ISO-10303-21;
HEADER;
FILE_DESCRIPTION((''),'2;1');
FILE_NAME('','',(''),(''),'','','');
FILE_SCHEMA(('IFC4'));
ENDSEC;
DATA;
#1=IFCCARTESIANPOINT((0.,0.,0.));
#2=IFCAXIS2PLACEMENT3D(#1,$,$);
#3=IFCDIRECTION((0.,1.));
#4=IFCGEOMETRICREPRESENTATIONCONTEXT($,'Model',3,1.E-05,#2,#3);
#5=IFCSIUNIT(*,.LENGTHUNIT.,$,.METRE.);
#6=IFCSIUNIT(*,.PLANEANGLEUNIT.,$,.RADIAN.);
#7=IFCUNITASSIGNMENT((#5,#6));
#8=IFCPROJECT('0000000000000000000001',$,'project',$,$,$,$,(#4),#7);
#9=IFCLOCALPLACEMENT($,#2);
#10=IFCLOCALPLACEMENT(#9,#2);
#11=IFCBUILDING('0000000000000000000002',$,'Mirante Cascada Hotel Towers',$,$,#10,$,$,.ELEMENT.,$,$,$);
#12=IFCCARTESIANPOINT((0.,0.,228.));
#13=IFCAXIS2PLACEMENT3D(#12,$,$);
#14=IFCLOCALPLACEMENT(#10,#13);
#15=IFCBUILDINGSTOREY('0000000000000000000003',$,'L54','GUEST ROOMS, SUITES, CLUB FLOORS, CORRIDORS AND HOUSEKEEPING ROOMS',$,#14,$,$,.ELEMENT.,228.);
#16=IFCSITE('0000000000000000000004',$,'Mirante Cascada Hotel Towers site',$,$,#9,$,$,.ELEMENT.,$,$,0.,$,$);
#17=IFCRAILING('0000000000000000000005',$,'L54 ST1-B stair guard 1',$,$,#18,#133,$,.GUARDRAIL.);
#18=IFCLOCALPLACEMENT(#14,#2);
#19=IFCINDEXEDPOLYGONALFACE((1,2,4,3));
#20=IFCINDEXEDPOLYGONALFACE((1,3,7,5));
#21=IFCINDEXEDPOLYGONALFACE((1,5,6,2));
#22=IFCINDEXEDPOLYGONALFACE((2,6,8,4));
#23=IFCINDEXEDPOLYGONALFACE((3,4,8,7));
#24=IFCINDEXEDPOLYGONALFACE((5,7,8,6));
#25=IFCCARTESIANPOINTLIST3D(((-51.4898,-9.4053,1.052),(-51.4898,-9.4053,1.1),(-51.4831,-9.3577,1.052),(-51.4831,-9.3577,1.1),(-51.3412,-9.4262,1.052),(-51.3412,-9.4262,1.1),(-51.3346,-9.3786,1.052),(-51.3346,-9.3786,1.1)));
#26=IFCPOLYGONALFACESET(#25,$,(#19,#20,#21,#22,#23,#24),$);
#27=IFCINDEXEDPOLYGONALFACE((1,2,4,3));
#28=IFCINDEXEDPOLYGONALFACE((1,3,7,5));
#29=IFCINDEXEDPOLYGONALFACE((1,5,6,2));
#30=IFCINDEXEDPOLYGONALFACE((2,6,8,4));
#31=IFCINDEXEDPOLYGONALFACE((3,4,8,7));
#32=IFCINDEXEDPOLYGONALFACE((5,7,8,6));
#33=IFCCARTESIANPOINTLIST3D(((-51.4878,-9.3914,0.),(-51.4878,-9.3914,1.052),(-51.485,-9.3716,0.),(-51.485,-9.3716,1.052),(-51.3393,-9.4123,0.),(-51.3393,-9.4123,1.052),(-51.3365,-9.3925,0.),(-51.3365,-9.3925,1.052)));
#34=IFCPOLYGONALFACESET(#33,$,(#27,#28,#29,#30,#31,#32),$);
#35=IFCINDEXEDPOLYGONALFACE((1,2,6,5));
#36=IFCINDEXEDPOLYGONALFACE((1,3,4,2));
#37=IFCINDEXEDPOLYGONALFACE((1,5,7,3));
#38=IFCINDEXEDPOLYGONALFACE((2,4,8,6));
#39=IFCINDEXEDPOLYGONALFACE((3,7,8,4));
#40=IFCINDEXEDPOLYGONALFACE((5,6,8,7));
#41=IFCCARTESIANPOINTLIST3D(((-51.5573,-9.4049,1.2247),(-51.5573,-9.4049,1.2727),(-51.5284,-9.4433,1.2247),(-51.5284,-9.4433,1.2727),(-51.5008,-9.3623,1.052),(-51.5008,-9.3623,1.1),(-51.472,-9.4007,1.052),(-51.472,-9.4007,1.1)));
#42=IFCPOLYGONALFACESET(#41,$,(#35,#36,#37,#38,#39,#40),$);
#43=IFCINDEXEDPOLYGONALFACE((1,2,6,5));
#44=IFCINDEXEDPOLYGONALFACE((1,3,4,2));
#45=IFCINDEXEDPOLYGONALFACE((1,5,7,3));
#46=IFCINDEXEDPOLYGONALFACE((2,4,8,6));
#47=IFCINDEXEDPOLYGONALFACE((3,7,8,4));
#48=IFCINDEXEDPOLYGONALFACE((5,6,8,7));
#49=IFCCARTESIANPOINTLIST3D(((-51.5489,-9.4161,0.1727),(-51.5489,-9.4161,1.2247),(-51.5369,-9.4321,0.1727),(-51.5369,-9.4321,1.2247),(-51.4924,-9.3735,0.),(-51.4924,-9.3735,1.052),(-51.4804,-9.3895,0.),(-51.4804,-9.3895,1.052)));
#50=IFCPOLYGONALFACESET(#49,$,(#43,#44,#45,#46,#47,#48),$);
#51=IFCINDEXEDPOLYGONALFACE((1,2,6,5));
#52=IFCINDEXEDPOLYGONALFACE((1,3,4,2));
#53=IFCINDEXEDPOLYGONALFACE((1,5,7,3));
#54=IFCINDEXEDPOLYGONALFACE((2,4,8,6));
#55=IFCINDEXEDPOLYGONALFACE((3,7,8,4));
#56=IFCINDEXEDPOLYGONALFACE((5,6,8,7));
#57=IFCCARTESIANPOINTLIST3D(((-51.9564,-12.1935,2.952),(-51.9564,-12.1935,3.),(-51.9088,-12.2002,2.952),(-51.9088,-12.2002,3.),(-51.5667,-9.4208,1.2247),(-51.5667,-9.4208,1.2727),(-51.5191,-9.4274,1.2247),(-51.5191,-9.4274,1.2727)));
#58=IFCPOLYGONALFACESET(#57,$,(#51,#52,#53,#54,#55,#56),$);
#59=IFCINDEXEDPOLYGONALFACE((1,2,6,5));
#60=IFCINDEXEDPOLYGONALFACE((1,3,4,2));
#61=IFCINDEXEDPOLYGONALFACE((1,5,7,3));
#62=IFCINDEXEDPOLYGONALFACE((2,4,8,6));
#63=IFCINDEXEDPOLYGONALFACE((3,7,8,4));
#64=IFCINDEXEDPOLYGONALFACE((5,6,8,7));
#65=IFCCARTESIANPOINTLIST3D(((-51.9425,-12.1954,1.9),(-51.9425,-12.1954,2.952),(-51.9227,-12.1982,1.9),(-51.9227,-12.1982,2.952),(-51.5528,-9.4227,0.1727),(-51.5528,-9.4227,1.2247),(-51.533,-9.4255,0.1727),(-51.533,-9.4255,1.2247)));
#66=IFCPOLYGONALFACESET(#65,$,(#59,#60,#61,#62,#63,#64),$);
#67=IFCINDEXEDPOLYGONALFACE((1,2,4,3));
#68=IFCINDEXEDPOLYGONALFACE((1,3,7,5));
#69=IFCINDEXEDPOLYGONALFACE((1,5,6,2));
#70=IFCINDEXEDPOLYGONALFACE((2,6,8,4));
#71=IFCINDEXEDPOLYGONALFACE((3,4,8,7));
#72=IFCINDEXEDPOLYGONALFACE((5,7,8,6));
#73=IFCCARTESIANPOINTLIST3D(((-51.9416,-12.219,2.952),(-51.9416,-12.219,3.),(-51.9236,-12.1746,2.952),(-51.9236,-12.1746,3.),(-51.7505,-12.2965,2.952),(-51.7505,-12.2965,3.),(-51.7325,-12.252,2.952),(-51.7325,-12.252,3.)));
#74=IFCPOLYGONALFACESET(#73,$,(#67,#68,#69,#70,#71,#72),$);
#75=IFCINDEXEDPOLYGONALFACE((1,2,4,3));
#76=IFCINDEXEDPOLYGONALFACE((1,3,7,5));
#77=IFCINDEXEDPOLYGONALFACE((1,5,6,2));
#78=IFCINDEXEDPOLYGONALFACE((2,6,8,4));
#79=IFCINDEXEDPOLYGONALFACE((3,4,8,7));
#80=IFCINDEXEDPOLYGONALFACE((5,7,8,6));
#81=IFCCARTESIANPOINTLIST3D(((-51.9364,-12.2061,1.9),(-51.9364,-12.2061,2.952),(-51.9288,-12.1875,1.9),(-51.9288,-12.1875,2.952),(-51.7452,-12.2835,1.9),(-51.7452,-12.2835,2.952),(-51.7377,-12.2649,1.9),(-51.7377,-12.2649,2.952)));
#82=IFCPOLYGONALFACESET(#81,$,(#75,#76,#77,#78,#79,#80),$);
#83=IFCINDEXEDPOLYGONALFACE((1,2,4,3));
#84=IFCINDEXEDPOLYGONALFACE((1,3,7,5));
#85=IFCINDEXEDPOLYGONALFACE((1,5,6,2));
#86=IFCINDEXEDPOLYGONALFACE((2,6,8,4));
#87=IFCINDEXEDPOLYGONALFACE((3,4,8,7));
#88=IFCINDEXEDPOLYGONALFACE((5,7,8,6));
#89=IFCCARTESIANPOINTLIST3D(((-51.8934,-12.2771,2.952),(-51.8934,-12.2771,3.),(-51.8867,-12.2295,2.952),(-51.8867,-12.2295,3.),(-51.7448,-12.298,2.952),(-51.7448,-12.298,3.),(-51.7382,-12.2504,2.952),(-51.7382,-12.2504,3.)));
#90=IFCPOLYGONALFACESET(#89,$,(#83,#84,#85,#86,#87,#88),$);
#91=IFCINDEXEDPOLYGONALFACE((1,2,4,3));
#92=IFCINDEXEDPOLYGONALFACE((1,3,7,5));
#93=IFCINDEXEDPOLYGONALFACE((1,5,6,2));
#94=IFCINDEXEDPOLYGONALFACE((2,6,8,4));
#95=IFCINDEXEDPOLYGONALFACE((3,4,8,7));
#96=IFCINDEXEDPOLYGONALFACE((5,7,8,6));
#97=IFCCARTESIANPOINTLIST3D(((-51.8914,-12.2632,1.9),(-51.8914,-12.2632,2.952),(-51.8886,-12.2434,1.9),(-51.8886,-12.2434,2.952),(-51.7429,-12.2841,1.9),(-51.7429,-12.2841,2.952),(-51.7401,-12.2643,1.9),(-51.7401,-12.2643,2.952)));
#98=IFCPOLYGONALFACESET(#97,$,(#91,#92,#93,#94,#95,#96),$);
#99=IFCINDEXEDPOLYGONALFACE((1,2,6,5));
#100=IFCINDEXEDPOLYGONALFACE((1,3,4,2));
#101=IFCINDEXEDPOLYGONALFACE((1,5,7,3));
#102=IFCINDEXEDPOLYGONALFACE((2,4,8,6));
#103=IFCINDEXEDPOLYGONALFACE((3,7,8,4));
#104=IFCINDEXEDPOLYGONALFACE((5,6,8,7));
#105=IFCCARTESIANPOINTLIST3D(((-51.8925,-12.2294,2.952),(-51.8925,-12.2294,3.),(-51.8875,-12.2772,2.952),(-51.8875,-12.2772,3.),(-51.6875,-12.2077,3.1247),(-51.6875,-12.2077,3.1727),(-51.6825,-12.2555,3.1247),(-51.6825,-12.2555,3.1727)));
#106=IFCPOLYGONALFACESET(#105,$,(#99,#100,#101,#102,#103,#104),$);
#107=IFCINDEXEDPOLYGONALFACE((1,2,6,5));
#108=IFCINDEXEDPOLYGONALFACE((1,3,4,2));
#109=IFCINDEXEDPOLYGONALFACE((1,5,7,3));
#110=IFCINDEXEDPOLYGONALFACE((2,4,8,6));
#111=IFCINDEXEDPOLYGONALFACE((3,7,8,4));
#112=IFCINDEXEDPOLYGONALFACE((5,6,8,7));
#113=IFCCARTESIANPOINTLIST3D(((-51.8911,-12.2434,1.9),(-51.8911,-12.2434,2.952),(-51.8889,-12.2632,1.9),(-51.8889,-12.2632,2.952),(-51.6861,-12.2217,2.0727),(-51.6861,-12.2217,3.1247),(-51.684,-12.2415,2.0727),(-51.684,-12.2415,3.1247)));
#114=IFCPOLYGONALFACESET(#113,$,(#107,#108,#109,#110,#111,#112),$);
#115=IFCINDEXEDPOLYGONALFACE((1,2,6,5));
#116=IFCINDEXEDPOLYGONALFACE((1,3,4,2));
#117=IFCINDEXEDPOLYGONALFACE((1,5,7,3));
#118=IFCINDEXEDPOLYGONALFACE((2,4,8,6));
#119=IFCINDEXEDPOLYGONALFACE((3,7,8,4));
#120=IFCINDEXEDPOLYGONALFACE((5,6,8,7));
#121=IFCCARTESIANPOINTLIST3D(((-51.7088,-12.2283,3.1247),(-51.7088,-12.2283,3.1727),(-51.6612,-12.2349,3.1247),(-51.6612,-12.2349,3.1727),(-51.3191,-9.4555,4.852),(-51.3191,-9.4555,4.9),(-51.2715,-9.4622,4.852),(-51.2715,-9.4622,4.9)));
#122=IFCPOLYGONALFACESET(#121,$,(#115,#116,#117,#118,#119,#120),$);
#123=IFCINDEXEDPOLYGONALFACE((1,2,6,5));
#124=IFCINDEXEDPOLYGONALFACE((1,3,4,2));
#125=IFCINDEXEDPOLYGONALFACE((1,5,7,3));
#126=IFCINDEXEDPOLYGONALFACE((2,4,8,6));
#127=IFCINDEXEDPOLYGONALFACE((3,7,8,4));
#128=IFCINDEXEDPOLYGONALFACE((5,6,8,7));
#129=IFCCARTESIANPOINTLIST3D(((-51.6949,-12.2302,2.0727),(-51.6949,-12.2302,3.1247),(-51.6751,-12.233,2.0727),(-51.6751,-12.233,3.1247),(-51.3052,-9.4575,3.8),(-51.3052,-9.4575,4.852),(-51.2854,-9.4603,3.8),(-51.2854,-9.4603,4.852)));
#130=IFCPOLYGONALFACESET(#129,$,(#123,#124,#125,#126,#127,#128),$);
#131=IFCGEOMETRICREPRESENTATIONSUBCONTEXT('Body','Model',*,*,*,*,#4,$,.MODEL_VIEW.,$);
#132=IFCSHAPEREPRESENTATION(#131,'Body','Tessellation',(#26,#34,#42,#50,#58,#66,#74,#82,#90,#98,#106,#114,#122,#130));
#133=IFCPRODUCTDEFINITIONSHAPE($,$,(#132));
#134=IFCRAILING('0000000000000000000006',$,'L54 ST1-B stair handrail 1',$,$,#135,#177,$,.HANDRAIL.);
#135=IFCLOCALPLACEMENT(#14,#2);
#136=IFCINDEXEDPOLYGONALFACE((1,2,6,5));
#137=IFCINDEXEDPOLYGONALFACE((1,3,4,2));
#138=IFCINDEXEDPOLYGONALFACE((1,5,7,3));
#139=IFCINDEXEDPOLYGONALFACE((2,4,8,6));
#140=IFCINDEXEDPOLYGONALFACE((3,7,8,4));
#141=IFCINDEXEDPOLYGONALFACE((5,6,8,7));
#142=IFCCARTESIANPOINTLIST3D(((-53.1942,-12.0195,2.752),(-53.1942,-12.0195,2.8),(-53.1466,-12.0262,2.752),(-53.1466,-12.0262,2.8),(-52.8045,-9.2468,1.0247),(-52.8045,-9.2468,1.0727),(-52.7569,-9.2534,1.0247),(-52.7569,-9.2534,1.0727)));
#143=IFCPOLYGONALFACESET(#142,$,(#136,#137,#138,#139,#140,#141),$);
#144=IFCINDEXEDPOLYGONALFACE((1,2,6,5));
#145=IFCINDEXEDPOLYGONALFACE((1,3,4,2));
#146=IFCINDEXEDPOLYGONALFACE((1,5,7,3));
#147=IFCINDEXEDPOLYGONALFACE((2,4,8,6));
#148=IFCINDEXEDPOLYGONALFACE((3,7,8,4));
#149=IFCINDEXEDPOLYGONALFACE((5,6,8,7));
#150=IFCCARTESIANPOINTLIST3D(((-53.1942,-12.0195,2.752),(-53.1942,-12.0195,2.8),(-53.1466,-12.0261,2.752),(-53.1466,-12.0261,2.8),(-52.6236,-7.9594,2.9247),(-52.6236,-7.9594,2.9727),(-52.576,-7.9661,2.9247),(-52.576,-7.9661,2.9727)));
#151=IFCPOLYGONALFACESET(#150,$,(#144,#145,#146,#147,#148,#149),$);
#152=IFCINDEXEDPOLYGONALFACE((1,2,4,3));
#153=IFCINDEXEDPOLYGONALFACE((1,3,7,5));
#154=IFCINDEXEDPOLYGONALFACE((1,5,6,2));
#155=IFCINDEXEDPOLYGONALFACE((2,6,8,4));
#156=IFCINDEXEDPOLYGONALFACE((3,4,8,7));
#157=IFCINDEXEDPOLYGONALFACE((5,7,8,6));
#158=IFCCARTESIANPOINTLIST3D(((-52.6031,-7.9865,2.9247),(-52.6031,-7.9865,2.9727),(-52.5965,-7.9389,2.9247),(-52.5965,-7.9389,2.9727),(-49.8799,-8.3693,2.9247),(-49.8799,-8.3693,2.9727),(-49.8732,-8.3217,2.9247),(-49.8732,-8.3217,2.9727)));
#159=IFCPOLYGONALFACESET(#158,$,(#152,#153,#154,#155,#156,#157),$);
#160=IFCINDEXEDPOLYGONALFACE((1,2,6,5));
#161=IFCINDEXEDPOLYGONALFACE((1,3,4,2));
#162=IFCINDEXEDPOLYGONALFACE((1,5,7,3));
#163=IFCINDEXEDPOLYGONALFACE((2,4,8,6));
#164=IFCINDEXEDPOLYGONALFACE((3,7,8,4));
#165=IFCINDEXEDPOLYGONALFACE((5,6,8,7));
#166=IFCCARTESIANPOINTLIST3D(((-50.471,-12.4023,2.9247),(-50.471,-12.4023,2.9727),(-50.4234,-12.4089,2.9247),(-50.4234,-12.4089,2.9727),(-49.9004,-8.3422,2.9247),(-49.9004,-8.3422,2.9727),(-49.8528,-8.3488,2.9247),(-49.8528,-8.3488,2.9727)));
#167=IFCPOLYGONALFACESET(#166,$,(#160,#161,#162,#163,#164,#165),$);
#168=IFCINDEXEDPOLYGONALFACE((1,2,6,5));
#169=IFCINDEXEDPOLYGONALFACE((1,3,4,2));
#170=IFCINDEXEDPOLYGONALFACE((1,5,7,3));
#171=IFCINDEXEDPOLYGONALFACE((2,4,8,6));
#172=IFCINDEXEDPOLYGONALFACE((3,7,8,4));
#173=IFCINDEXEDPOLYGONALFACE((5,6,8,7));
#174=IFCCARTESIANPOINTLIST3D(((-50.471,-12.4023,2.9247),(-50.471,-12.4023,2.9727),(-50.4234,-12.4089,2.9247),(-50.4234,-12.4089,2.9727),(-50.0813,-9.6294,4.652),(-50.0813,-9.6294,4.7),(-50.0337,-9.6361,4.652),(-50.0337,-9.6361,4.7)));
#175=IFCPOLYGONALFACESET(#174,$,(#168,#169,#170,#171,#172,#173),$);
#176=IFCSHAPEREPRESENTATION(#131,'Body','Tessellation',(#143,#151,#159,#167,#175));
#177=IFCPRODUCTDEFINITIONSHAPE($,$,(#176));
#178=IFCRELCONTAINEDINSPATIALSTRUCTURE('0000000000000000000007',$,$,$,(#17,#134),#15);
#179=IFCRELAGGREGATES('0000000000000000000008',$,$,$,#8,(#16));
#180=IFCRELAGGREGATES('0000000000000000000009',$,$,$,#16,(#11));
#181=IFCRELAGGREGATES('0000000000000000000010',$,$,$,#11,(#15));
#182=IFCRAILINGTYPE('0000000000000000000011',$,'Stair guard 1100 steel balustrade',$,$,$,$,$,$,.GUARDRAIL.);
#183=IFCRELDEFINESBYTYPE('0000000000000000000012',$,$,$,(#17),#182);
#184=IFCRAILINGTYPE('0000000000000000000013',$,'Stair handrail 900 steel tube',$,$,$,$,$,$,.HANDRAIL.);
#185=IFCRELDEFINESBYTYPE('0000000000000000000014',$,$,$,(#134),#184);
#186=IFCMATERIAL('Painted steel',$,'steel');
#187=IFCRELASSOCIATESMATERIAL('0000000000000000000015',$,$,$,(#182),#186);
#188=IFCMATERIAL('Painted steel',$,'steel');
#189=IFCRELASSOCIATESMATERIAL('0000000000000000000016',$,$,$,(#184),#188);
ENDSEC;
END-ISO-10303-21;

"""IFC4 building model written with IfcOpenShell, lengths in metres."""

from ifc_helpers import new_model, si_unit, direction, frame, origin, origin_2d, place, context, subcontext, project, spatial, rectangle, extrude, material, type_object, element, save


model = new_model("IFC4")

# Units and contexts
model_context = context("Model", 3, precision=1e-05, world=origin(), true_north=direction((0.0, 1.0)))
body_context = subcontext(model_context, "Body", "Model", "MODEL_VIEW")
ifc_project = project(units=[si_unit("LENGTHUNIT", "METRE"), si_unit("PLANEANGLEUNIT", "RADIAN")], contexts=[model_context])

# Site, building, storey
site_placement = place(None, origin())
site = spatial("IfcSite", under=ifc_project, at=site_placement, Name="Mirante Cascada Hotel Towers site", CompositionType="ELEMENT", RefElevation=0.0)
building_placement = place(site_placement, origin())
building = spatial("IfcBuilding", under=site, at=building_placement, Name="Mirante Cascada Hotel Towers", CompositionType="ELEMENT")
storey_placement = place(building_placement, frame((0.0, 0.0, 228.0)))
storey = spatial("IfcBuildingStorey", under=building, at=storey_placement, Name="L54", Description="GUEST ROOMS, SUITES, CLUB FLOORS, CORRIDORS AND HOUSEKEEPING ROOMS", CompositionType="ELEMENT", Elevation=228.0)

# Railings
ifc_material_1 = material(Name="Painted steel", Category="steel")
railing_type_1 = type_object("IfcRailingType", Name="Stair guard 1100 steel balustrade", PredefinedType="GUARDRAIL", material=ifc_material_1)
railing_1_placement = place(storey_placement, frame((-51.3379, -9.4024, 0.0)))
element("IfcRailing", 1, at=railing_1_placement, inside=storey, type_object=railing_type_1, Name="L54 ST1-B stair guard 1", PredefinedType="GUARDRAIL", context=body_context, shape_type="SweptSolid", body=[
    extrude(rectangle(XDim=0.048, YDim=0.048, at=origin_2d()), frame((0.0, 0.0, 1.076), z_axis=(-0.990241, 0.139367, 0.0), x_axis=(-0.139367, -0.990241, 0.0)), (0.0, 0.0, 1.0), 0.15),
    extrude(rectangle(XDim=0.02, YDim=1.052, at=origin_2d()), frame((0.0, 0.0, 0.526), z_axis=(-0.990241, 0.139367, 0.0), x_axis=(-0.139367, -0.990241, 0.0)), (0.0, 0.0, 1.0), 0.15),
    extrude(rectangle(XDim=0.048, YDim=0.048, at=origin_2d()), frame((-0.1485, 0.0209, 1.076), z_axis=(-0.798471, -0.602033, 0.0), x_axis=(0.602033, -0.798471, 0.0)), (0.0, 0.92534, 0.379139), 0.1866),
    extrude(rectangle(XDim=0.02, YDim=1.052, at=origin_2d()), frame((-0.1485, 0.0209, 0.526), z_axis=(-0.798471, -0.602033, 0.0), x_axis=(0.602033, -0.798471, 0.0)), (0.0, 0.92534, 0.379139), 0.1866),
    extrude(rectangle(XDim=0.048, YDim=0.048, at=origin_2d()), frame((-0.205, -0.0217, 1.2487), z_axis=(-0.139181, -0.990267, 0.0), x_axis=(0.990267, -0.139181, 0.0)), (0.0, 0.525035, 0.851081), 3.2899),
    extrude(rectangle(XDim=0.02, YDim=1.052, at=origin_2d()), frame((-0.205, -0.0217, 0.6987), z_axis=(-0.139181, -0.990267, 0.0), x_axis=(0.990267, -0.139181, 0.0)), (0.0, 0.525035, 0.851081), 3.2899),
    extrude(rectangle(XDim=0.048, YDim=0.048, at=origin_2d()), frame((-0.5947, -2.7944, 2.976), z_axis=(0.926862, -0.375401, 0.0), x_axis=(0.375401, 0.926862, 0.0)), (0.0, 0.0, 1.0), 0.2062),
    extrude(rectangle(XDim=0.02, YDim=1.052, at=origin_2d()), frame((-0.5947, -2.7944, 2.426), z_axis=(0.926862, -0.375401, 0.0), x_axis=(0.375401, 0.926862, 0.0)), (0.0, 0.0, 1.0), 0.2062),
    extrude(rectangle(XDim=0.048, YDim=0.048, at=origin_2d()), frame((-0.4036, -2.8718, 2.976), z_axis=(-0.990241, 0.139367, 0.0), x_axis=(-0.139367, -0.990241, 0.0)), (0.0, 0.0, 1.0), 0.15),
    extrude(rectangle(XDim=0.02, YDim=1.052, at=origin_2d()), frame((-0.4036, -2.8718, 2.426), z_axis=(-0.990241, 0.139367, 0.0), x_axis=(-0.139367, -0.990241, 0.0)), (0.0, 0.0, 1.0), 0.15),
    extrude(rectangle(XDim=0.048, YDim=0.048, at=origin_2d()), frame((-0.5521, -2.8509, 2.976), z_axis=(0.994444, 0.105266, 0.0), x_axis=(-0.105266, 0.994444, 0.0)), (0.0, 0.642184, 0.76655), 0.2689),
    extrude(rectangle(XDim=0.02, YDim=1.052, at=origin_2d()), frame((-0.5521, -2.8509, 2.426), z_axis=(0.994444, 0.105266, 0.0), x_axis=(-0.105266, 0.994444, 0.0)), (0.0, 0.642184, 0.76655), 0.2689),
    extrude(rectangle(XDim=0.048, YDim=0.048, at=origin_2d()), frame((-0.3471, -2.8292, 3.1487), z_axis=(0.139181, 0.990267, 0.0), x_axis=(-0.990267, 0.139181, 0.0)), (0.0, 0.525035, 0.851081), 3.2899),
    extrude(rectangle(XDim=0.02, YDim=1.052, at=origin_2d()), frame((-0.3471, -2.8292, 2.5987), z_axis=(0.139181, 0.990267, 0.0), x_axis=(-0.990267, 0.139181, 0.0)), (0.0, 0.525035, 0.851081), 3.2899),
])
ifc_material_2 = material(Name="Painted steel", Category="steel")
railing_type_2 = type_object("IfcRailingType", Name="Stair handrail 900 steel tube", PredefinedType="HANDRAIL", material=ifc_material_2)
railing_2_placement = place(storey_placement, frame((-52.7807, -9.2501, 0.1727)))
element("IfcRailing", 2, at=railing_2_placement, inside=storey, type_object=railing_type_2, Name="L54 ST1-B stair handrail 1", PredefinedType="HANDRAIL", context=body_context, shape_type="SweptSolid", body=[
    extrude(rectangle(XDim=0.048, YDim=0.048, at=origin_2d()), frame((0.0, 0.0, 0.876), z_axis=(-0.139181, -0.990267, 0.0), x_axis=(0.990267, -0.139181, 0.0)), (0.0, 0.525035, 0.851081), 3.2899),
    extrude(rectangle(XDim=0.048, YDim=0.048, at=origin_2d()), frame((-0.3897, -2.7727, 2.6033), z_axis=(0.139171, 0.990268, 0.0), x_axis=(-0.990268, 0.139171, 0.0)), (0.0, 0.042085, 0.999114), 4.1036),
    extrude(rectangle(XDim=0.048, YDim=0.048, at=origin_2d()), frame((0.1809, 1.2874, 2.776), z_axis=(0.990264, -0.139201, 0.0), x_axis=(0.139201, 0.990264, 0.0)), (0.0, 0.0, 1.0), 2.75),
    extrude(rectangle(XDim=0.048, YDim=0.048, at=origin_2d()), frame((2.9041, 0.9046, 2.776), z_axis=(-0.139171, -0.990268, 0.0), x_axis=(0.990268, -0.139171, 0.0)), (0.0, 0.0, 1.0), 4.1),
    extrude(rectangle(XDim=0.048, YDim=0.048, at=origin_2d()), frame((2.3335, -3.1555, 2.776), z_axis=(0.139176, 0.990268, 0.0), x_axis=(-0.990268, 0.139176, 0.0)), (0.0, 0.525021, 0.851089), 3.29),
])

save(model, "model.ifc")
